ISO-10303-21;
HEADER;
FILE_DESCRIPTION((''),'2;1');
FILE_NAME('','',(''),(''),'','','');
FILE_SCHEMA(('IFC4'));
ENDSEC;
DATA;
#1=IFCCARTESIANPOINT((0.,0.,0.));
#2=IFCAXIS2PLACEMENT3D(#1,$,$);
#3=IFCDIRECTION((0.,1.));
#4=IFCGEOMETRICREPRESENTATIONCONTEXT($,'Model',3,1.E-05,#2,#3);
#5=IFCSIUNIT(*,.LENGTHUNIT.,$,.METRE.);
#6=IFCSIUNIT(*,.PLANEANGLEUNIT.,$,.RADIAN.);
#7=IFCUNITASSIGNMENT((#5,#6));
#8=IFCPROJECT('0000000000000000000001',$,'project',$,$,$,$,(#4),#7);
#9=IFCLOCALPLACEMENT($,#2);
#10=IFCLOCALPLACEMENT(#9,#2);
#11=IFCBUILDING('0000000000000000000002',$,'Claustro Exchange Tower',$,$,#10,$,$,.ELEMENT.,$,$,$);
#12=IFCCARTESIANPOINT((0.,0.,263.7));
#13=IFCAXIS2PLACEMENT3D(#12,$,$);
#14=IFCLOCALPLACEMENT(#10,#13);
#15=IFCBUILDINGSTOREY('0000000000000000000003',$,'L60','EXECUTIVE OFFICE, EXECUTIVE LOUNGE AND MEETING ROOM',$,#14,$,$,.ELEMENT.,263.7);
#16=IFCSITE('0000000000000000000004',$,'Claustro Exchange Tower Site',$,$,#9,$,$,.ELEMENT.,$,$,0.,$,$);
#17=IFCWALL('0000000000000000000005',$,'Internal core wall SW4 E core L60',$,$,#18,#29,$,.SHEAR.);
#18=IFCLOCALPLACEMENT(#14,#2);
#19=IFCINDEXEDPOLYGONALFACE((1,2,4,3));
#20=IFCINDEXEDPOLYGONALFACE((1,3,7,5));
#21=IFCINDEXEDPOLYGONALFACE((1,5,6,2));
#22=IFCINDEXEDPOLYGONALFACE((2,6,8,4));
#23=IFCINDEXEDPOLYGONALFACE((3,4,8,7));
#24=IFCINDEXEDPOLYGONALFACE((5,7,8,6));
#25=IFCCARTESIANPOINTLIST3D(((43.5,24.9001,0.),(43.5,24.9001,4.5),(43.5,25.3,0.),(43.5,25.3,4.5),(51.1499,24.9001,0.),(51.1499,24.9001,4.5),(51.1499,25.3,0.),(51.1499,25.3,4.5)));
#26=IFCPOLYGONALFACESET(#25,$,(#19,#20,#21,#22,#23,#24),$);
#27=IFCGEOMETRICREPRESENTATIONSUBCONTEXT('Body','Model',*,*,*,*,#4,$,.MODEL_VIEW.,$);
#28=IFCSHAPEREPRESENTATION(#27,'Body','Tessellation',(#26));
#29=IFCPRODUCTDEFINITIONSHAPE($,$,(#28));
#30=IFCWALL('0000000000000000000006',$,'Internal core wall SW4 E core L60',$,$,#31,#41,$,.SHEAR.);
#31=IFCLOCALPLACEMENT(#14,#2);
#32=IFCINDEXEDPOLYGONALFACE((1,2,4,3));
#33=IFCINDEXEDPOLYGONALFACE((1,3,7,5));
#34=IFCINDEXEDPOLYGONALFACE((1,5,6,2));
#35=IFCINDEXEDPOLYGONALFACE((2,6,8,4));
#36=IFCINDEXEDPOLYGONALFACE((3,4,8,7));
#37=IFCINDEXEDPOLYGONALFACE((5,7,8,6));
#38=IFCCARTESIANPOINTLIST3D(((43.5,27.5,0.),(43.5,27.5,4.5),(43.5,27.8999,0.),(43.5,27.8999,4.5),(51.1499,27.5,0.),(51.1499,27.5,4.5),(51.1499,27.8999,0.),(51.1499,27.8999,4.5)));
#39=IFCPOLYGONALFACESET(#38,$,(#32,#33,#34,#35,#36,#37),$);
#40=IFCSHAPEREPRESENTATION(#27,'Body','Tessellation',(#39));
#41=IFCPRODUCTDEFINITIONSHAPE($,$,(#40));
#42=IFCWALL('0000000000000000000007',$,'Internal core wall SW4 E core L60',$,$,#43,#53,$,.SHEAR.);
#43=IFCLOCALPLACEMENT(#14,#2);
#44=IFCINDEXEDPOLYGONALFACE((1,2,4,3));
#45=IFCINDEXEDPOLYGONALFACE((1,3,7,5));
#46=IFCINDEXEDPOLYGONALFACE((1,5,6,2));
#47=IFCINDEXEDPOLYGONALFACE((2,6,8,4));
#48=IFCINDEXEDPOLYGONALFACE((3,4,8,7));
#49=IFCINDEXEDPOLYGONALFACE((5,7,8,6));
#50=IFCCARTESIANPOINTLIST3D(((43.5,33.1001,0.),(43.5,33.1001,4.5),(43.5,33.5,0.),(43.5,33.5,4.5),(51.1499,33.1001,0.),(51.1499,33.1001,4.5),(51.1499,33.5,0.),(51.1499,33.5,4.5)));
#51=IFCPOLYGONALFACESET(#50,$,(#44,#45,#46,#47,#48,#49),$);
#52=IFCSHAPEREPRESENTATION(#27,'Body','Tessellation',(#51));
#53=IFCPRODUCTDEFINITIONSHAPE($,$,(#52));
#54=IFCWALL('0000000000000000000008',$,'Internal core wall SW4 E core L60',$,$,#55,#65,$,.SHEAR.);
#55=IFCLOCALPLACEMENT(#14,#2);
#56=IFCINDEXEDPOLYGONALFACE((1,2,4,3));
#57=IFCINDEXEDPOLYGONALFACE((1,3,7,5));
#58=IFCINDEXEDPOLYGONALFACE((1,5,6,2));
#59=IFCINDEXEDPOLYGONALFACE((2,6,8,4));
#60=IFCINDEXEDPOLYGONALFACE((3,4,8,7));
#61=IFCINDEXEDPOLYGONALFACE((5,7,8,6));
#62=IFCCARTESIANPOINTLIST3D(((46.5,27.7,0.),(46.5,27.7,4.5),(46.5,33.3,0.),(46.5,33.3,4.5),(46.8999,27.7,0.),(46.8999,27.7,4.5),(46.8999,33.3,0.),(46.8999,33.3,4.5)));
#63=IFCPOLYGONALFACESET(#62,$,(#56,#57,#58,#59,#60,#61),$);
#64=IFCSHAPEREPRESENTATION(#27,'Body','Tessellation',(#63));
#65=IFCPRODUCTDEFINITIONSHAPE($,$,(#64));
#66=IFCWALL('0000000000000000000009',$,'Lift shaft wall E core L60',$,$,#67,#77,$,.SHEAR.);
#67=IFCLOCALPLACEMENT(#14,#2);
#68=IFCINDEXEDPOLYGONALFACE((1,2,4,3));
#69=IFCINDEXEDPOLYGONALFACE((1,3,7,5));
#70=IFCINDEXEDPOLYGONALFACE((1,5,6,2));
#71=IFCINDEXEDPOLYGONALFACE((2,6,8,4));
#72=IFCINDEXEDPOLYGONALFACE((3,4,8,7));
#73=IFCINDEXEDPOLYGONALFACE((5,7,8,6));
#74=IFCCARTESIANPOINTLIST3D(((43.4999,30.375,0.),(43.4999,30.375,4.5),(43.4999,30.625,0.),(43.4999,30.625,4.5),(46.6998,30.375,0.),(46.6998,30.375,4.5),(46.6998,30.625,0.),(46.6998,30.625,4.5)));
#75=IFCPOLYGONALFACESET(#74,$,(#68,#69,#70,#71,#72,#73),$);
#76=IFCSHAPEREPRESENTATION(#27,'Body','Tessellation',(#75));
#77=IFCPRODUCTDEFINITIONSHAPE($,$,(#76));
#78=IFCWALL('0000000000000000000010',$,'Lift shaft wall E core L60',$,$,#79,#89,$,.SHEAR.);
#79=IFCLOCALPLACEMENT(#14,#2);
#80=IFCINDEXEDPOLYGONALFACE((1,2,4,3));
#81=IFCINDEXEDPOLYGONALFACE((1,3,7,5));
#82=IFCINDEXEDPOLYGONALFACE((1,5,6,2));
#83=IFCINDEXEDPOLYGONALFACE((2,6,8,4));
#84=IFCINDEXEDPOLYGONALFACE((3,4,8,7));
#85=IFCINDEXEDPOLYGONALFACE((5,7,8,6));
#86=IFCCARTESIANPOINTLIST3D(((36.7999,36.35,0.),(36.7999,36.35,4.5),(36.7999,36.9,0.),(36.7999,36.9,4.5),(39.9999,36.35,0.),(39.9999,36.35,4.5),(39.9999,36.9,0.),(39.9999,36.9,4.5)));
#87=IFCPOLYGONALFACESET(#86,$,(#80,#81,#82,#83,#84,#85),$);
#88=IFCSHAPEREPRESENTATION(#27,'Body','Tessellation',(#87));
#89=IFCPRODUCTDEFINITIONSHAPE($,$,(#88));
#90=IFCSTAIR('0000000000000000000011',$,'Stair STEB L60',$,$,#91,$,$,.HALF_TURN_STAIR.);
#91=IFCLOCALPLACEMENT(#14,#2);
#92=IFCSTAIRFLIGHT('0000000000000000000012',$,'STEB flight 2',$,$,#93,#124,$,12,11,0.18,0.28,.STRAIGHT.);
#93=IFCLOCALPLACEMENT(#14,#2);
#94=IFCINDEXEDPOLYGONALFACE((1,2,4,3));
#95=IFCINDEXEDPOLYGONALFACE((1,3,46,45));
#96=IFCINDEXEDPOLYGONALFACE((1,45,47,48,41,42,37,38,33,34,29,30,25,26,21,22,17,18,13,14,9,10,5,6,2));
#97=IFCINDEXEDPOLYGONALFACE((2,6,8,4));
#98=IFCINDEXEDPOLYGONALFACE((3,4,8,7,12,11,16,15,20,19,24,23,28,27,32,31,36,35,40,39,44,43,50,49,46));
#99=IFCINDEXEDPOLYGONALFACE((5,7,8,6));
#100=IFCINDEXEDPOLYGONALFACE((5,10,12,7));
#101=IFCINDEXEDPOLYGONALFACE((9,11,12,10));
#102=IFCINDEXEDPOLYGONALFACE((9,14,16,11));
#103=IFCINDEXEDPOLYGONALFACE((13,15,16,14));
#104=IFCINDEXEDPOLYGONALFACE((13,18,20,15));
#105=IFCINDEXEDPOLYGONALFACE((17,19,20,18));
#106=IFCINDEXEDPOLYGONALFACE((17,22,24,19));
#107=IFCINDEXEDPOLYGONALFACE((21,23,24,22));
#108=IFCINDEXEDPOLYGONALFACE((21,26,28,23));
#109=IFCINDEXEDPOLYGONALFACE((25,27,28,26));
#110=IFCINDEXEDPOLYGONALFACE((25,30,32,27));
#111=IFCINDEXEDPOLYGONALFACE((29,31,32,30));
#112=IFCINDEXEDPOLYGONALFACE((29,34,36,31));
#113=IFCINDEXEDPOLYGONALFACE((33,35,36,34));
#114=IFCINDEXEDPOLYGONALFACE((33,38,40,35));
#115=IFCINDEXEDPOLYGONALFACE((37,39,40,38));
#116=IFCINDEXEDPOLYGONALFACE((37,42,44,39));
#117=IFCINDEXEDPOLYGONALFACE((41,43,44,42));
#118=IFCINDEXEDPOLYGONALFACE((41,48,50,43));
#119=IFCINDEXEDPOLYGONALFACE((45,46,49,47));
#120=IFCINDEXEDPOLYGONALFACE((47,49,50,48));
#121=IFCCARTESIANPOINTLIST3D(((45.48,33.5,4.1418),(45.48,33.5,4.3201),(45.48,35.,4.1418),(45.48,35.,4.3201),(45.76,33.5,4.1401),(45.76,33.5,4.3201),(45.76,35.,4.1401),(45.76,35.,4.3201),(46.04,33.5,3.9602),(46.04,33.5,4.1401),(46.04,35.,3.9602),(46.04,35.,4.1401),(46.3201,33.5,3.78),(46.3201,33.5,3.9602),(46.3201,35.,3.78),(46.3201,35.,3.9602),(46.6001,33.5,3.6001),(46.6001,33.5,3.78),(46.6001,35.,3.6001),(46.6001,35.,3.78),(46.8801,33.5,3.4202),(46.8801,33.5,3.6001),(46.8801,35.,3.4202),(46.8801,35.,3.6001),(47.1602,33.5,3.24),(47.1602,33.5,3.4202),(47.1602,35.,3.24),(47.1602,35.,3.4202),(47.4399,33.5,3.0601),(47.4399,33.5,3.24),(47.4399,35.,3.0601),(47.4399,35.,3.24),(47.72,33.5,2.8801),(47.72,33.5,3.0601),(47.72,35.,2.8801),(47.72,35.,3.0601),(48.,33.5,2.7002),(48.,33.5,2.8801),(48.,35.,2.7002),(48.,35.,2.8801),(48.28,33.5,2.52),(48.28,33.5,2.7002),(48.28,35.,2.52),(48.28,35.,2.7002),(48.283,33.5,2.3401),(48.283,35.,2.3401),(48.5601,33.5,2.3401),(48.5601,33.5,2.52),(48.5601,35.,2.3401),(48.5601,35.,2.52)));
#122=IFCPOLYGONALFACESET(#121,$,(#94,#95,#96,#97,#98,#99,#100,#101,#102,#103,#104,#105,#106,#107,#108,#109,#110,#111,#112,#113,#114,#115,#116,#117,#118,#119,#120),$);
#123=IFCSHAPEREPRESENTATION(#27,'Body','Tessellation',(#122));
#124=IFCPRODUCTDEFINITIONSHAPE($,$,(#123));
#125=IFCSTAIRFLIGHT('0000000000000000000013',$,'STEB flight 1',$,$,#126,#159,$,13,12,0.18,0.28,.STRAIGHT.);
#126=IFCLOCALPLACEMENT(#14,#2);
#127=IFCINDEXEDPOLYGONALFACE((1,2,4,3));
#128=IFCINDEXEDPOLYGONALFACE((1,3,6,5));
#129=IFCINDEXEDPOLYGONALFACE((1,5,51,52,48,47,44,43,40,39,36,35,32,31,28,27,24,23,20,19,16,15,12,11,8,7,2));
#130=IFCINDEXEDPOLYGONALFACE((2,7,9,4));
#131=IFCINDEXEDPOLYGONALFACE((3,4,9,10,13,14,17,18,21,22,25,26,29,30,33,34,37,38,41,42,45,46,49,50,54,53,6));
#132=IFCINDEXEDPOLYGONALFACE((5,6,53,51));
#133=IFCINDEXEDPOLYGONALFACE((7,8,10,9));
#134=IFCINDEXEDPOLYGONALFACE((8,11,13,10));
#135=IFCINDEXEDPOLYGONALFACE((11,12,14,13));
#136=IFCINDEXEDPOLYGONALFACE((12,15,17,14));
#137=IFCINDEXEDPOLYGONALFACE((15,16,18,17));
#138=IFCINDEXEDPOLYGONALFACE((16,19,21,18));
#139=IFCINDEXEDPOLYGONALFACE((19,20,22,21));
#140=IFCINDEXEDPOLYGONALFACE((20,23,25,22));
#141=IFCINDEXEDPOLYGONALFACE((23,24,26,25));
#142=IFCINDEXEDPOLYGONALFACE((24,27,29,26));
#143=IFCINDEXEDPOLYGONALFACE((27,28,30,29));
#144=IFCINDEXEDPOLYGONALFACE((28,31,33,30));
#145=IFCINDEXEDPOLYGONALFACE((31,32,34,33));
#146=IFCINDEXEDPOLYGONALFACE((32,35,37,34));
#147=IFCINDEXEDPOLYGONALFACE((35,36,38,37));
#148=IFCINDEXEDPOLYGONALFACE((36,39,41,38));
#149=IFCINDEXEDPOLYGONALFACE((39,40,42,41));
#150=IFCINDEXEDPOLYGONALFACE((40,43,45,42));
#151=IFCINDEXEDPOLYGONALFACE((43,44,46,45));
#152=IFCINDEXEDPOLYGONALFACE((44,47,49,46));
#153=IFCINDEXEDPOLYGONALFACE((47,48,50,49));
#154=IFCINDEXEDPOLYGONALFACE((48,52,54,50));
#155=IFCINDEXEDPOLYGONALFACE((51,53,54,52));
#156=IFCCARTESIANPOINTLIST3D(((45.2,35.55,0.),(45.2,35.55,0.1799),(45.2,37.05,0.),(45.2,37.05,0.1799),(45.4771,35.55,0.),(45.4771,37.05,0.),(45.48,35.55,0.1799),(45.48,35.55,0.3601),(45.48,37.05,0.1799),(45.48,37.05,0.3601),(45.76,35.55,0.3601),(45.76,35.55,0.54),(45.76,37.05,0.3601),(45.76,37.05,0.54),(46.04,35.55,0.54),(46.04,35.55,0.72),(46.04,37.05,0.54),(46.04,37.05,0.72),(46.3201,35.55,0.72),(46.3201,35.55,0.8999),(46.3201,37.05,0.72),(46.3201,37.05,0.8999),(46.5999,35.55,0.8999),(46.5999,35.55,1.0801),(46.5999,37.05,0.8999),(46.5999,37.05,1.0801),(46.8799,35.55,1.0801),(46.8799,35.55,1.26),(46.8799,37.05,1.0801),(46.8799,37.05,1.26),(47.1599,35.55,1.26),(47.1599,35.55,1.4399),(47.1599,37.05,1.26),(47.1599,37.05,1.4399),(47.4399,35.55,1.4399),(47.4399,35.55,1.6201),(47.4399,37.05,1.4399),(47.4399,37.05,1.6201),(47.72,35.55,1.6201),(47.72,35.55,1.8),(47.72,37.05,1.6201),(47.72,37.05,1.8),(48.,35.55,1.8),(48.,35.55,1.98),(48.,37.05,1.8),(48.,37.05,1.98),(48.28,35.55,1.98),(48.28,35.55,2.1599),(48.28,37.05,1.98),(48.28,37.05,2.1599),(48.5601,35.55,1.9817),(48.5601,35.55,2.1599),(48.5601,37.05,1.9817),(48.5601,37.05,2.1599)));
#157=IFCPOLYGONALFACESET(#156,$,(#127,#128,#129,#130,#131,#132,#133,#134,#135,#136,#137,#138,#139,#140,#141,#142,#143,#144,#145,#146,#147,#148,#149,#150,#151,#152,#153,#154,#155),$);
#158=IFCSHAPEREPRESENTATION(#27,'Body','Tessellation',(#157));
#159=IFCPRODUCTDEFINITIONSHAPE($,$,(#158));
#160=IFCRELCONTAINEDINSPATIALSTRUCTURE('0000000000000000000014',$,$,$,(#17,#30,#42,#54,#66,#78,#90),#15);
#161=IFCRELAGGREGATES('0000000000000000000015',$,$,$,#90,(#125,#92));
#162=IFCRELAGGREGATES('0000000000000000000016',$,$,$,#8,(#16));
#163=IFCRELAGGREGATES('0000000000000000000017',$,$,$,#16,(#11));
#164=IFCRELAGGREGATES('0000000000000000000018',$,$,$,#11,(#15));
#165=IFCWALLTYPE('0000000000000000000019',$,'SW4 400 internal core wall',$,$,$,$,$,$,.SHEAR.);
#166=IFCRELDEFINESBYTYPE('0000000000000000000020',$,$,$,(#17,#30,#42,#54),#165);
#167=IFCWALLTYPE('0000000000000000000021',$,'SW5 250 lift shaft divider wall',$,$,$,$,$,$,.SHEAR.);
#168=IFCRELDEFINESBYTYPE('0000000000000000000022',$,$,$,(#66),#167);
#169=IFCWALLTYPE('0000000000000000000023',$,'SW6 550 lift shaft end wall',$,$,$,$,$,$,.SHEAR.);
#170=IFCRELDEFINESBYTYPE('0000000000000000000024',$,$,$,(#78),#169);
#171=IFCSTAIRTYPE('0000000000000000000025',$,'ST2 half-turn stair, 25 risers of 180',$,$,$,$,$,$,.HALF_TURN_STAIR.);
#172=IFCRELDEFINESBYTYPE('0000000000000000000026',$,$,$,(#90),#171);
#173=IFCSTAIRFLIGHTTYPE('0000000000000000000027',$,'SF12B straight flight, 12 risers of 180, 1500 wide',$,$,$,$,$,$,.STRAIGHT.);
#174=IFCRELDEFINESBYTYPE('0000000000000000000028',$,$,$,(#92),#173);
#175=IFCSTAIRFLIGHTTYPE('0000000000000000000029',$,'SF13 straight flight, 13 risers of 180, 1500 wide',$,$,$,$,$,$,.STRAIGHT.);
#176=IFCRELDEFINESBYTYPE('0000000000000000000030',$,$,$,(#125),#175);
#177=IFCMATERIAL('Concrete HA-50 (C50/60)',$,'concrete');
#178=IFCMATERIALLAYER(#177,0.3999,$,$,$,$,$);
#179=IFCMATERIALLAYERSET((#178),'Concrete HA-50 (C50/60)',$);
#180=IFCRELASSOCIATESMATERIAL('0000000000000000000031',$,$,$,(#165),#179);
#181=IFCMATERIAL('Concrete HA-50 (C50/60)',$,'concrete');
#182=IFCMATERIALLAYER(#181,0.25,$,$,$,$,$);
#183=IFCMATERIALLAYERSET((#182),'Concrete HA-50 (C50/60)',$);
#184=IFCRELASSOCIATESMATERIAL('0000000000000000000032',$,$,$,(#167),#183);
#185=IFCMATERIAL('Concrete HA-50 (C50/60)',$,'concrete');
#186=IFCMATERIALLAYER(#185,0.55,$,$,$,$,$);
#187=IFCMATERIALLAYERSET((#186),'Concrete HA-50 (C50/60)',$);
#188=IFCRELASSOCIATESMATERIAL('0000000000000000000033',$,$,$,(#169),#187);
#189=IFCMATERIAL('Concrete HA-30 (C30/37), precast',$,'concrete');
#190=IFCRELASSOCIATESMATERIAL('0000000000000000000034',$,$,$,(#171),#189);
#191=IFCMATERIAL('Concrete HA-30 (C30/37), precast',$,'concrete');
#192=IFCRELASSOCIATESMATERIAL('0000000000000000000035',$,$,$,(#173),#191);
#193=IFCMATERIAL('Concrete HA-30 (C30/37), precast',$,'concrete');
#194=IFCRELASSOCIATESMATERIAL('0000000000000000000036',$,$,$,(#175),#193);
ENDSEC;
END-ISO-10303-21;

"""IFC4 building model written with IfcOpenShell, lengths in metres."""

from ifc_helpers import new_model, si_unit, direction, frame, frame_2d, origin, place, context, subcontext, project, spatial, polyline, rectangle, outline, extrude, material, layer, layer_set, type_object, element, aggregate, save


model = new_model("IFC4")

# Units and contexts
model_context = context("Model", 3, precision=1e-05, world=origin(), true_north=direction((0.0, 1.0)))
body_context = subcontext(model_context, "Body", "Model", "MODEL_VIEW")
ifc_project = project(units=[si_unit("LENGTHUNIT", "METRE"), si_unit("PLANEANGLEUNIT", "RADIAN")], contexts=[model_context])

# Site, building, storey
site_placement = place(None, origin())
site = spatial("IfcSite", under=ifc_project, at=site_placement, Name="Claustro Exchange Tower Site", CompositionType="ELEMENT", RefElevation=0.0)
building_placement = place(site_placement, origin())
building = spatial("IfcBuilding", under=site, at=building_placement, Name="Claustro Exchange Tower", CompositionType="ELEMENT")
storey_placement = place(building_placement, frame((0.0, 0.0, 263.7)))
storey = spatial("IfcBuildingStorey", under=building, at=storey_placement, Name="L60", Description="EXECUTIVE OFFICE, EXECUTIVE LOUNGE AND MEETING ROOM", CompositionType="ELEMENT", Elevation=263.7)

# Walls
ifc_material_1 = material(Name="Concrete HA-50 (C50/60)", Category="concrete")
ifc_layer_1 = layer(ifc_material_1, 0.3999)
ifc_layer_set_1 = layer_set([ifc_layer_1], Name="Concrete HA-50 (C50/60)")
wall_type_1 = type_object("IfcWallType", Name="SW4 400 internal core wall", PredefinedType="SHEAR", material=ifc_layer_set_1)
for number, where, z_axis, x_axis, name in (
    (1, (51.1499, 25.1001, 0.0), (0.0, 0.0, 1.0), (-1.0, 0.0, 0.0), "Internal core wall SW4 E core L60"),
    (2, (51.1499, 27.7, 0.0), (0.0, 0.0, 1.0), (-1.0, 0.0, 0.0), "Internal core wall SW4 E core L60"),
    (3, (51.1499, 33.3, 0.0), (0.0, 0.0, 1.0), (-1.0, 0.0, 0.0), "Internal core wall SW4 E core L60"),
):
    element("IfcWall", number, at=place(storey_placement, frame(where, z_axis=z_axis, x_axis=x_axis)), inside=storey, type_object=wall_type_1, Name=name, PredefinedType="SHEAR", context=body_context, shape_type="SweptSolid", body=[
        extrude(rectangle(XDim=7.6499, YDim=0.3999, at=frame_2d((3.825, 0.0))), origin(), (0.0, 0.0, 1.0), 4.5),
    ])
wall_1_placement = place(storey_placement, frame((46.7, 27.7, 0.0), z_axis=(0.0, 0.0, 1.0), x_axis=(0.0, 1.0, 0.0)))
element("IfcWall", 4, at=wall_1_placement, inside=storey, type_object=wall_type_1, Name="Internal core wall SW4 E core L60", PredefinedType="SHEAR", context=body_context, shape_type="SweptSolid", body=[
    extrude(rectangle(XDim=5.6001, YDim=0.3999, at=frame_2d((2.8, 0.0))), origin(), (0.0, 0.0, 1.0), 4.5),
])
ifc_material_2 = material(Name="Concrete HA-50 (C50/60)", Category="concrete")
ifc_layer_2 = layer(ifc_material_2, 0.25)
ifc_layer_set_2 = layer_set([ifc_layer_2], Name="Concrete HA-50 (C50/60)")
wall_type_2 = type_object("IfcWallType", Name="SW5 250 lift shaft divider wall", PredefinedType="SHEAR", material=ifc_layer_set_2)
wall_2_placement = place(storey_placement, frame((46.7, 30.5, 0.0), z_axis=(0.0, 0.0, 1.0), x_axis=(-1.0, 0.0, 0.0)))
element("IfcWall", 5, at=wall_2_placement, inside=storey, type_object=wall_type_2, Name="Lift shaft wall E core L60", PredefinedType="SHEAR", context=body_context, shape_type="SweptSolid", body=[
    extrude(rectangle(XDim=3.2, YDim=0.25, at=frame_2d((1.6001, 0.0))), origin(), (0.0, 0.0, 1.0), 4.5),
])
ifc_material_3 = material(Name="Concrete HA-50 (C50/60)", Category="concrete")
ifc_layer_3 = layer(ifc_material_3, 0.55)
ifc_layer_set_3 = layer_set([ifc_layer_3], Name="Concrete HA-50 (C50/60)")
wall_type_3 = type_object("IfcWallType", Name="SW6 550 lift shaft end wall", PredefinedType="SHEAR", material=ifc_layer_set_3)
wall_3_placement = place(storey_placement, frame((40.0, 36.625, 0.0), z_axis=(0.0, 0.0, 1.0), x_axis=(-1.0, 0.0, 0.0)))
element("IfcWall", 6, at=wall_3_placement, inside=storey, type_object=wall_type_3, Name="Lift shaft wall E core L60", PredefinedType="SHEAR", context=body_context, shape_type="SweptSolid", body=[
    extrude(rectangle(XDim=3.2, YDim=0.55, at=frame_2d((1.6001, 0.0))), origin(), (0.0, 0.0, 1.0), 4.5),
])

# Stair, stair flights
ifc_material_4 = material(Name="Concrete HA-30 (C30/37), precast", Category="concrete")
stair_type = type_object("IfcStairType", Name="ST2 half-turn stair, 25 risers of 180", PredefinedType="HALF_TURN_STAIR", material=ifc_material_4)
stair_placement = place(storey_placement, origin())
stair = element("IfcStair", 7, at=stair_placement, inside=storey, type_object=stair_type, Name="Stair STEB L60", PredefinedType="HALF_TURN_STAIR")
ifc_material_5 = material(Name="Concrete HA-30 (C30/37), precast", Category="concrete")
stair_flight_type_1 = type_object("IfcStairFlightType", Name="SF12B straight flight, 12 risers of 180, 1500 wide", PredefinedType="STRAIGHT", material=ifc_material_5)
stair_flight_1_placement = place(storey_placement, frame((48.5601, 34.25, 2.3401), z_axis=(0.0, 0.0, 1.0), x_axis=(-1.0, 0.0, 0.0)))
stair_flight_1 = element("IfcStairFlight", 8, at=stair_flight_1_placement, type_object=stair_flight_type_1, Name="STEB flight 2", NumberOfRisers=12, NumberOfTreads=11, PredefinedType="STRAIGHT", RiserHeight=0.18, TreadLength=0.28, context=body_context, shape_type="SweptSolid", body=[
    extrude(outline(polyline([(0.0, 0.0), (0.0, 0.1799), (0.28, 0.1799), (0.28, 0.3601), (0.5601, 0.3601), (0.5601, 0.54), (0.8401, 0.54), (0.8401, 0.72), (1.1201, 0.72), (1.1201, 0.8999), (1.3999, 0.8999), (1.3999, 1.0801), (1.6799, 1.0801), (1.6799, 1.26), (1.96, 1.26), (1.96, 1.4399), (2.24, 1.4399), (2.24, 1.6201), (2.52, 1.6201), (2.52, 1.8), (2.8, 1.8), (2.8, 1.98), (3.0801, 1.98), (3.0801, 2.1599), (3.0801, 1.8018), (0.2771, 0.0), (0.0, 0.0)])), frame((0.0, 0.75, 0.0), z_axis=(0.0, -1.0, 0.0), x_axis=(1.0, 0.0, 0.0)), (0.0, 0.0, 1.0), 1.5),
])
ifc_material_6 = material(Name="Concrete HA-30 (C30/37), precast", Category="concrete")
stair_flight_type_2 = type_object("IfcStairFlightType", Name="SF13 straight flight, 13 risers of 180, 1500 wide", PredefinedType="STRAIGHT", material=ifc_material_6)
stair_flight_2_placement = place(storey_placement, frame((45.2, 36.3, 0.0), z_axis=(0.0, 0.0, 1.0), x_axis=(1.0, 0.0, 0.0)))
stair_flight_2 = element("IfcStairFlight", 9, at=stair_flight_2_placement, type_object=stair_flight_type_2, Name="STEB flight 1", NumberOfRisers=13, NumberOfTreads=12, PredefinedType="STRAIGHT", RiserHeight=0.18, TreadLength=0.28, context=body_context, shape_type="SweptSolid", body=[
    extrude(outline(polyline([(0.0, 0.0), (0.0, 0.1799), (0.28, 0.1799), (0.28, 0.3601), (0.5601, 0.3601), (0.5601, 0.54), (0.8401, 0.54), (0.8401, 0.72), (1.1201, 0.72), (1.1201, 0.8999), (1.3999, 0.8999), (1.3999, 1.0801), (1.6799, 1.0801), (1.6799, 1.26), (1.96, 1.26), (1.96, 1.4399), (2.24, 1.4399), (2.24, 1.6201), (2.52, 1.6201), (2.52, 1.8), (2.8, 1.8), (2.8, 1.98), (3.0801, 1.98), (3.0801, 2.1599), (3.3601, 2.1599), (3.3601, 2.3401), (3.3601, 1.9817), (0.2771, 0.0), (0.0, 0.0)])), frame((0.0, 0.75, 0.0), z_axis=(0.0, -1.0, 0.0), x_axis=(1.0, 0.0, 0.0)), (0.0, 0.0, 1.0), 1.5),
])
aggregate(stair, [stair_flight_2, stair_flight_1])

save(model, "model.ifc")
